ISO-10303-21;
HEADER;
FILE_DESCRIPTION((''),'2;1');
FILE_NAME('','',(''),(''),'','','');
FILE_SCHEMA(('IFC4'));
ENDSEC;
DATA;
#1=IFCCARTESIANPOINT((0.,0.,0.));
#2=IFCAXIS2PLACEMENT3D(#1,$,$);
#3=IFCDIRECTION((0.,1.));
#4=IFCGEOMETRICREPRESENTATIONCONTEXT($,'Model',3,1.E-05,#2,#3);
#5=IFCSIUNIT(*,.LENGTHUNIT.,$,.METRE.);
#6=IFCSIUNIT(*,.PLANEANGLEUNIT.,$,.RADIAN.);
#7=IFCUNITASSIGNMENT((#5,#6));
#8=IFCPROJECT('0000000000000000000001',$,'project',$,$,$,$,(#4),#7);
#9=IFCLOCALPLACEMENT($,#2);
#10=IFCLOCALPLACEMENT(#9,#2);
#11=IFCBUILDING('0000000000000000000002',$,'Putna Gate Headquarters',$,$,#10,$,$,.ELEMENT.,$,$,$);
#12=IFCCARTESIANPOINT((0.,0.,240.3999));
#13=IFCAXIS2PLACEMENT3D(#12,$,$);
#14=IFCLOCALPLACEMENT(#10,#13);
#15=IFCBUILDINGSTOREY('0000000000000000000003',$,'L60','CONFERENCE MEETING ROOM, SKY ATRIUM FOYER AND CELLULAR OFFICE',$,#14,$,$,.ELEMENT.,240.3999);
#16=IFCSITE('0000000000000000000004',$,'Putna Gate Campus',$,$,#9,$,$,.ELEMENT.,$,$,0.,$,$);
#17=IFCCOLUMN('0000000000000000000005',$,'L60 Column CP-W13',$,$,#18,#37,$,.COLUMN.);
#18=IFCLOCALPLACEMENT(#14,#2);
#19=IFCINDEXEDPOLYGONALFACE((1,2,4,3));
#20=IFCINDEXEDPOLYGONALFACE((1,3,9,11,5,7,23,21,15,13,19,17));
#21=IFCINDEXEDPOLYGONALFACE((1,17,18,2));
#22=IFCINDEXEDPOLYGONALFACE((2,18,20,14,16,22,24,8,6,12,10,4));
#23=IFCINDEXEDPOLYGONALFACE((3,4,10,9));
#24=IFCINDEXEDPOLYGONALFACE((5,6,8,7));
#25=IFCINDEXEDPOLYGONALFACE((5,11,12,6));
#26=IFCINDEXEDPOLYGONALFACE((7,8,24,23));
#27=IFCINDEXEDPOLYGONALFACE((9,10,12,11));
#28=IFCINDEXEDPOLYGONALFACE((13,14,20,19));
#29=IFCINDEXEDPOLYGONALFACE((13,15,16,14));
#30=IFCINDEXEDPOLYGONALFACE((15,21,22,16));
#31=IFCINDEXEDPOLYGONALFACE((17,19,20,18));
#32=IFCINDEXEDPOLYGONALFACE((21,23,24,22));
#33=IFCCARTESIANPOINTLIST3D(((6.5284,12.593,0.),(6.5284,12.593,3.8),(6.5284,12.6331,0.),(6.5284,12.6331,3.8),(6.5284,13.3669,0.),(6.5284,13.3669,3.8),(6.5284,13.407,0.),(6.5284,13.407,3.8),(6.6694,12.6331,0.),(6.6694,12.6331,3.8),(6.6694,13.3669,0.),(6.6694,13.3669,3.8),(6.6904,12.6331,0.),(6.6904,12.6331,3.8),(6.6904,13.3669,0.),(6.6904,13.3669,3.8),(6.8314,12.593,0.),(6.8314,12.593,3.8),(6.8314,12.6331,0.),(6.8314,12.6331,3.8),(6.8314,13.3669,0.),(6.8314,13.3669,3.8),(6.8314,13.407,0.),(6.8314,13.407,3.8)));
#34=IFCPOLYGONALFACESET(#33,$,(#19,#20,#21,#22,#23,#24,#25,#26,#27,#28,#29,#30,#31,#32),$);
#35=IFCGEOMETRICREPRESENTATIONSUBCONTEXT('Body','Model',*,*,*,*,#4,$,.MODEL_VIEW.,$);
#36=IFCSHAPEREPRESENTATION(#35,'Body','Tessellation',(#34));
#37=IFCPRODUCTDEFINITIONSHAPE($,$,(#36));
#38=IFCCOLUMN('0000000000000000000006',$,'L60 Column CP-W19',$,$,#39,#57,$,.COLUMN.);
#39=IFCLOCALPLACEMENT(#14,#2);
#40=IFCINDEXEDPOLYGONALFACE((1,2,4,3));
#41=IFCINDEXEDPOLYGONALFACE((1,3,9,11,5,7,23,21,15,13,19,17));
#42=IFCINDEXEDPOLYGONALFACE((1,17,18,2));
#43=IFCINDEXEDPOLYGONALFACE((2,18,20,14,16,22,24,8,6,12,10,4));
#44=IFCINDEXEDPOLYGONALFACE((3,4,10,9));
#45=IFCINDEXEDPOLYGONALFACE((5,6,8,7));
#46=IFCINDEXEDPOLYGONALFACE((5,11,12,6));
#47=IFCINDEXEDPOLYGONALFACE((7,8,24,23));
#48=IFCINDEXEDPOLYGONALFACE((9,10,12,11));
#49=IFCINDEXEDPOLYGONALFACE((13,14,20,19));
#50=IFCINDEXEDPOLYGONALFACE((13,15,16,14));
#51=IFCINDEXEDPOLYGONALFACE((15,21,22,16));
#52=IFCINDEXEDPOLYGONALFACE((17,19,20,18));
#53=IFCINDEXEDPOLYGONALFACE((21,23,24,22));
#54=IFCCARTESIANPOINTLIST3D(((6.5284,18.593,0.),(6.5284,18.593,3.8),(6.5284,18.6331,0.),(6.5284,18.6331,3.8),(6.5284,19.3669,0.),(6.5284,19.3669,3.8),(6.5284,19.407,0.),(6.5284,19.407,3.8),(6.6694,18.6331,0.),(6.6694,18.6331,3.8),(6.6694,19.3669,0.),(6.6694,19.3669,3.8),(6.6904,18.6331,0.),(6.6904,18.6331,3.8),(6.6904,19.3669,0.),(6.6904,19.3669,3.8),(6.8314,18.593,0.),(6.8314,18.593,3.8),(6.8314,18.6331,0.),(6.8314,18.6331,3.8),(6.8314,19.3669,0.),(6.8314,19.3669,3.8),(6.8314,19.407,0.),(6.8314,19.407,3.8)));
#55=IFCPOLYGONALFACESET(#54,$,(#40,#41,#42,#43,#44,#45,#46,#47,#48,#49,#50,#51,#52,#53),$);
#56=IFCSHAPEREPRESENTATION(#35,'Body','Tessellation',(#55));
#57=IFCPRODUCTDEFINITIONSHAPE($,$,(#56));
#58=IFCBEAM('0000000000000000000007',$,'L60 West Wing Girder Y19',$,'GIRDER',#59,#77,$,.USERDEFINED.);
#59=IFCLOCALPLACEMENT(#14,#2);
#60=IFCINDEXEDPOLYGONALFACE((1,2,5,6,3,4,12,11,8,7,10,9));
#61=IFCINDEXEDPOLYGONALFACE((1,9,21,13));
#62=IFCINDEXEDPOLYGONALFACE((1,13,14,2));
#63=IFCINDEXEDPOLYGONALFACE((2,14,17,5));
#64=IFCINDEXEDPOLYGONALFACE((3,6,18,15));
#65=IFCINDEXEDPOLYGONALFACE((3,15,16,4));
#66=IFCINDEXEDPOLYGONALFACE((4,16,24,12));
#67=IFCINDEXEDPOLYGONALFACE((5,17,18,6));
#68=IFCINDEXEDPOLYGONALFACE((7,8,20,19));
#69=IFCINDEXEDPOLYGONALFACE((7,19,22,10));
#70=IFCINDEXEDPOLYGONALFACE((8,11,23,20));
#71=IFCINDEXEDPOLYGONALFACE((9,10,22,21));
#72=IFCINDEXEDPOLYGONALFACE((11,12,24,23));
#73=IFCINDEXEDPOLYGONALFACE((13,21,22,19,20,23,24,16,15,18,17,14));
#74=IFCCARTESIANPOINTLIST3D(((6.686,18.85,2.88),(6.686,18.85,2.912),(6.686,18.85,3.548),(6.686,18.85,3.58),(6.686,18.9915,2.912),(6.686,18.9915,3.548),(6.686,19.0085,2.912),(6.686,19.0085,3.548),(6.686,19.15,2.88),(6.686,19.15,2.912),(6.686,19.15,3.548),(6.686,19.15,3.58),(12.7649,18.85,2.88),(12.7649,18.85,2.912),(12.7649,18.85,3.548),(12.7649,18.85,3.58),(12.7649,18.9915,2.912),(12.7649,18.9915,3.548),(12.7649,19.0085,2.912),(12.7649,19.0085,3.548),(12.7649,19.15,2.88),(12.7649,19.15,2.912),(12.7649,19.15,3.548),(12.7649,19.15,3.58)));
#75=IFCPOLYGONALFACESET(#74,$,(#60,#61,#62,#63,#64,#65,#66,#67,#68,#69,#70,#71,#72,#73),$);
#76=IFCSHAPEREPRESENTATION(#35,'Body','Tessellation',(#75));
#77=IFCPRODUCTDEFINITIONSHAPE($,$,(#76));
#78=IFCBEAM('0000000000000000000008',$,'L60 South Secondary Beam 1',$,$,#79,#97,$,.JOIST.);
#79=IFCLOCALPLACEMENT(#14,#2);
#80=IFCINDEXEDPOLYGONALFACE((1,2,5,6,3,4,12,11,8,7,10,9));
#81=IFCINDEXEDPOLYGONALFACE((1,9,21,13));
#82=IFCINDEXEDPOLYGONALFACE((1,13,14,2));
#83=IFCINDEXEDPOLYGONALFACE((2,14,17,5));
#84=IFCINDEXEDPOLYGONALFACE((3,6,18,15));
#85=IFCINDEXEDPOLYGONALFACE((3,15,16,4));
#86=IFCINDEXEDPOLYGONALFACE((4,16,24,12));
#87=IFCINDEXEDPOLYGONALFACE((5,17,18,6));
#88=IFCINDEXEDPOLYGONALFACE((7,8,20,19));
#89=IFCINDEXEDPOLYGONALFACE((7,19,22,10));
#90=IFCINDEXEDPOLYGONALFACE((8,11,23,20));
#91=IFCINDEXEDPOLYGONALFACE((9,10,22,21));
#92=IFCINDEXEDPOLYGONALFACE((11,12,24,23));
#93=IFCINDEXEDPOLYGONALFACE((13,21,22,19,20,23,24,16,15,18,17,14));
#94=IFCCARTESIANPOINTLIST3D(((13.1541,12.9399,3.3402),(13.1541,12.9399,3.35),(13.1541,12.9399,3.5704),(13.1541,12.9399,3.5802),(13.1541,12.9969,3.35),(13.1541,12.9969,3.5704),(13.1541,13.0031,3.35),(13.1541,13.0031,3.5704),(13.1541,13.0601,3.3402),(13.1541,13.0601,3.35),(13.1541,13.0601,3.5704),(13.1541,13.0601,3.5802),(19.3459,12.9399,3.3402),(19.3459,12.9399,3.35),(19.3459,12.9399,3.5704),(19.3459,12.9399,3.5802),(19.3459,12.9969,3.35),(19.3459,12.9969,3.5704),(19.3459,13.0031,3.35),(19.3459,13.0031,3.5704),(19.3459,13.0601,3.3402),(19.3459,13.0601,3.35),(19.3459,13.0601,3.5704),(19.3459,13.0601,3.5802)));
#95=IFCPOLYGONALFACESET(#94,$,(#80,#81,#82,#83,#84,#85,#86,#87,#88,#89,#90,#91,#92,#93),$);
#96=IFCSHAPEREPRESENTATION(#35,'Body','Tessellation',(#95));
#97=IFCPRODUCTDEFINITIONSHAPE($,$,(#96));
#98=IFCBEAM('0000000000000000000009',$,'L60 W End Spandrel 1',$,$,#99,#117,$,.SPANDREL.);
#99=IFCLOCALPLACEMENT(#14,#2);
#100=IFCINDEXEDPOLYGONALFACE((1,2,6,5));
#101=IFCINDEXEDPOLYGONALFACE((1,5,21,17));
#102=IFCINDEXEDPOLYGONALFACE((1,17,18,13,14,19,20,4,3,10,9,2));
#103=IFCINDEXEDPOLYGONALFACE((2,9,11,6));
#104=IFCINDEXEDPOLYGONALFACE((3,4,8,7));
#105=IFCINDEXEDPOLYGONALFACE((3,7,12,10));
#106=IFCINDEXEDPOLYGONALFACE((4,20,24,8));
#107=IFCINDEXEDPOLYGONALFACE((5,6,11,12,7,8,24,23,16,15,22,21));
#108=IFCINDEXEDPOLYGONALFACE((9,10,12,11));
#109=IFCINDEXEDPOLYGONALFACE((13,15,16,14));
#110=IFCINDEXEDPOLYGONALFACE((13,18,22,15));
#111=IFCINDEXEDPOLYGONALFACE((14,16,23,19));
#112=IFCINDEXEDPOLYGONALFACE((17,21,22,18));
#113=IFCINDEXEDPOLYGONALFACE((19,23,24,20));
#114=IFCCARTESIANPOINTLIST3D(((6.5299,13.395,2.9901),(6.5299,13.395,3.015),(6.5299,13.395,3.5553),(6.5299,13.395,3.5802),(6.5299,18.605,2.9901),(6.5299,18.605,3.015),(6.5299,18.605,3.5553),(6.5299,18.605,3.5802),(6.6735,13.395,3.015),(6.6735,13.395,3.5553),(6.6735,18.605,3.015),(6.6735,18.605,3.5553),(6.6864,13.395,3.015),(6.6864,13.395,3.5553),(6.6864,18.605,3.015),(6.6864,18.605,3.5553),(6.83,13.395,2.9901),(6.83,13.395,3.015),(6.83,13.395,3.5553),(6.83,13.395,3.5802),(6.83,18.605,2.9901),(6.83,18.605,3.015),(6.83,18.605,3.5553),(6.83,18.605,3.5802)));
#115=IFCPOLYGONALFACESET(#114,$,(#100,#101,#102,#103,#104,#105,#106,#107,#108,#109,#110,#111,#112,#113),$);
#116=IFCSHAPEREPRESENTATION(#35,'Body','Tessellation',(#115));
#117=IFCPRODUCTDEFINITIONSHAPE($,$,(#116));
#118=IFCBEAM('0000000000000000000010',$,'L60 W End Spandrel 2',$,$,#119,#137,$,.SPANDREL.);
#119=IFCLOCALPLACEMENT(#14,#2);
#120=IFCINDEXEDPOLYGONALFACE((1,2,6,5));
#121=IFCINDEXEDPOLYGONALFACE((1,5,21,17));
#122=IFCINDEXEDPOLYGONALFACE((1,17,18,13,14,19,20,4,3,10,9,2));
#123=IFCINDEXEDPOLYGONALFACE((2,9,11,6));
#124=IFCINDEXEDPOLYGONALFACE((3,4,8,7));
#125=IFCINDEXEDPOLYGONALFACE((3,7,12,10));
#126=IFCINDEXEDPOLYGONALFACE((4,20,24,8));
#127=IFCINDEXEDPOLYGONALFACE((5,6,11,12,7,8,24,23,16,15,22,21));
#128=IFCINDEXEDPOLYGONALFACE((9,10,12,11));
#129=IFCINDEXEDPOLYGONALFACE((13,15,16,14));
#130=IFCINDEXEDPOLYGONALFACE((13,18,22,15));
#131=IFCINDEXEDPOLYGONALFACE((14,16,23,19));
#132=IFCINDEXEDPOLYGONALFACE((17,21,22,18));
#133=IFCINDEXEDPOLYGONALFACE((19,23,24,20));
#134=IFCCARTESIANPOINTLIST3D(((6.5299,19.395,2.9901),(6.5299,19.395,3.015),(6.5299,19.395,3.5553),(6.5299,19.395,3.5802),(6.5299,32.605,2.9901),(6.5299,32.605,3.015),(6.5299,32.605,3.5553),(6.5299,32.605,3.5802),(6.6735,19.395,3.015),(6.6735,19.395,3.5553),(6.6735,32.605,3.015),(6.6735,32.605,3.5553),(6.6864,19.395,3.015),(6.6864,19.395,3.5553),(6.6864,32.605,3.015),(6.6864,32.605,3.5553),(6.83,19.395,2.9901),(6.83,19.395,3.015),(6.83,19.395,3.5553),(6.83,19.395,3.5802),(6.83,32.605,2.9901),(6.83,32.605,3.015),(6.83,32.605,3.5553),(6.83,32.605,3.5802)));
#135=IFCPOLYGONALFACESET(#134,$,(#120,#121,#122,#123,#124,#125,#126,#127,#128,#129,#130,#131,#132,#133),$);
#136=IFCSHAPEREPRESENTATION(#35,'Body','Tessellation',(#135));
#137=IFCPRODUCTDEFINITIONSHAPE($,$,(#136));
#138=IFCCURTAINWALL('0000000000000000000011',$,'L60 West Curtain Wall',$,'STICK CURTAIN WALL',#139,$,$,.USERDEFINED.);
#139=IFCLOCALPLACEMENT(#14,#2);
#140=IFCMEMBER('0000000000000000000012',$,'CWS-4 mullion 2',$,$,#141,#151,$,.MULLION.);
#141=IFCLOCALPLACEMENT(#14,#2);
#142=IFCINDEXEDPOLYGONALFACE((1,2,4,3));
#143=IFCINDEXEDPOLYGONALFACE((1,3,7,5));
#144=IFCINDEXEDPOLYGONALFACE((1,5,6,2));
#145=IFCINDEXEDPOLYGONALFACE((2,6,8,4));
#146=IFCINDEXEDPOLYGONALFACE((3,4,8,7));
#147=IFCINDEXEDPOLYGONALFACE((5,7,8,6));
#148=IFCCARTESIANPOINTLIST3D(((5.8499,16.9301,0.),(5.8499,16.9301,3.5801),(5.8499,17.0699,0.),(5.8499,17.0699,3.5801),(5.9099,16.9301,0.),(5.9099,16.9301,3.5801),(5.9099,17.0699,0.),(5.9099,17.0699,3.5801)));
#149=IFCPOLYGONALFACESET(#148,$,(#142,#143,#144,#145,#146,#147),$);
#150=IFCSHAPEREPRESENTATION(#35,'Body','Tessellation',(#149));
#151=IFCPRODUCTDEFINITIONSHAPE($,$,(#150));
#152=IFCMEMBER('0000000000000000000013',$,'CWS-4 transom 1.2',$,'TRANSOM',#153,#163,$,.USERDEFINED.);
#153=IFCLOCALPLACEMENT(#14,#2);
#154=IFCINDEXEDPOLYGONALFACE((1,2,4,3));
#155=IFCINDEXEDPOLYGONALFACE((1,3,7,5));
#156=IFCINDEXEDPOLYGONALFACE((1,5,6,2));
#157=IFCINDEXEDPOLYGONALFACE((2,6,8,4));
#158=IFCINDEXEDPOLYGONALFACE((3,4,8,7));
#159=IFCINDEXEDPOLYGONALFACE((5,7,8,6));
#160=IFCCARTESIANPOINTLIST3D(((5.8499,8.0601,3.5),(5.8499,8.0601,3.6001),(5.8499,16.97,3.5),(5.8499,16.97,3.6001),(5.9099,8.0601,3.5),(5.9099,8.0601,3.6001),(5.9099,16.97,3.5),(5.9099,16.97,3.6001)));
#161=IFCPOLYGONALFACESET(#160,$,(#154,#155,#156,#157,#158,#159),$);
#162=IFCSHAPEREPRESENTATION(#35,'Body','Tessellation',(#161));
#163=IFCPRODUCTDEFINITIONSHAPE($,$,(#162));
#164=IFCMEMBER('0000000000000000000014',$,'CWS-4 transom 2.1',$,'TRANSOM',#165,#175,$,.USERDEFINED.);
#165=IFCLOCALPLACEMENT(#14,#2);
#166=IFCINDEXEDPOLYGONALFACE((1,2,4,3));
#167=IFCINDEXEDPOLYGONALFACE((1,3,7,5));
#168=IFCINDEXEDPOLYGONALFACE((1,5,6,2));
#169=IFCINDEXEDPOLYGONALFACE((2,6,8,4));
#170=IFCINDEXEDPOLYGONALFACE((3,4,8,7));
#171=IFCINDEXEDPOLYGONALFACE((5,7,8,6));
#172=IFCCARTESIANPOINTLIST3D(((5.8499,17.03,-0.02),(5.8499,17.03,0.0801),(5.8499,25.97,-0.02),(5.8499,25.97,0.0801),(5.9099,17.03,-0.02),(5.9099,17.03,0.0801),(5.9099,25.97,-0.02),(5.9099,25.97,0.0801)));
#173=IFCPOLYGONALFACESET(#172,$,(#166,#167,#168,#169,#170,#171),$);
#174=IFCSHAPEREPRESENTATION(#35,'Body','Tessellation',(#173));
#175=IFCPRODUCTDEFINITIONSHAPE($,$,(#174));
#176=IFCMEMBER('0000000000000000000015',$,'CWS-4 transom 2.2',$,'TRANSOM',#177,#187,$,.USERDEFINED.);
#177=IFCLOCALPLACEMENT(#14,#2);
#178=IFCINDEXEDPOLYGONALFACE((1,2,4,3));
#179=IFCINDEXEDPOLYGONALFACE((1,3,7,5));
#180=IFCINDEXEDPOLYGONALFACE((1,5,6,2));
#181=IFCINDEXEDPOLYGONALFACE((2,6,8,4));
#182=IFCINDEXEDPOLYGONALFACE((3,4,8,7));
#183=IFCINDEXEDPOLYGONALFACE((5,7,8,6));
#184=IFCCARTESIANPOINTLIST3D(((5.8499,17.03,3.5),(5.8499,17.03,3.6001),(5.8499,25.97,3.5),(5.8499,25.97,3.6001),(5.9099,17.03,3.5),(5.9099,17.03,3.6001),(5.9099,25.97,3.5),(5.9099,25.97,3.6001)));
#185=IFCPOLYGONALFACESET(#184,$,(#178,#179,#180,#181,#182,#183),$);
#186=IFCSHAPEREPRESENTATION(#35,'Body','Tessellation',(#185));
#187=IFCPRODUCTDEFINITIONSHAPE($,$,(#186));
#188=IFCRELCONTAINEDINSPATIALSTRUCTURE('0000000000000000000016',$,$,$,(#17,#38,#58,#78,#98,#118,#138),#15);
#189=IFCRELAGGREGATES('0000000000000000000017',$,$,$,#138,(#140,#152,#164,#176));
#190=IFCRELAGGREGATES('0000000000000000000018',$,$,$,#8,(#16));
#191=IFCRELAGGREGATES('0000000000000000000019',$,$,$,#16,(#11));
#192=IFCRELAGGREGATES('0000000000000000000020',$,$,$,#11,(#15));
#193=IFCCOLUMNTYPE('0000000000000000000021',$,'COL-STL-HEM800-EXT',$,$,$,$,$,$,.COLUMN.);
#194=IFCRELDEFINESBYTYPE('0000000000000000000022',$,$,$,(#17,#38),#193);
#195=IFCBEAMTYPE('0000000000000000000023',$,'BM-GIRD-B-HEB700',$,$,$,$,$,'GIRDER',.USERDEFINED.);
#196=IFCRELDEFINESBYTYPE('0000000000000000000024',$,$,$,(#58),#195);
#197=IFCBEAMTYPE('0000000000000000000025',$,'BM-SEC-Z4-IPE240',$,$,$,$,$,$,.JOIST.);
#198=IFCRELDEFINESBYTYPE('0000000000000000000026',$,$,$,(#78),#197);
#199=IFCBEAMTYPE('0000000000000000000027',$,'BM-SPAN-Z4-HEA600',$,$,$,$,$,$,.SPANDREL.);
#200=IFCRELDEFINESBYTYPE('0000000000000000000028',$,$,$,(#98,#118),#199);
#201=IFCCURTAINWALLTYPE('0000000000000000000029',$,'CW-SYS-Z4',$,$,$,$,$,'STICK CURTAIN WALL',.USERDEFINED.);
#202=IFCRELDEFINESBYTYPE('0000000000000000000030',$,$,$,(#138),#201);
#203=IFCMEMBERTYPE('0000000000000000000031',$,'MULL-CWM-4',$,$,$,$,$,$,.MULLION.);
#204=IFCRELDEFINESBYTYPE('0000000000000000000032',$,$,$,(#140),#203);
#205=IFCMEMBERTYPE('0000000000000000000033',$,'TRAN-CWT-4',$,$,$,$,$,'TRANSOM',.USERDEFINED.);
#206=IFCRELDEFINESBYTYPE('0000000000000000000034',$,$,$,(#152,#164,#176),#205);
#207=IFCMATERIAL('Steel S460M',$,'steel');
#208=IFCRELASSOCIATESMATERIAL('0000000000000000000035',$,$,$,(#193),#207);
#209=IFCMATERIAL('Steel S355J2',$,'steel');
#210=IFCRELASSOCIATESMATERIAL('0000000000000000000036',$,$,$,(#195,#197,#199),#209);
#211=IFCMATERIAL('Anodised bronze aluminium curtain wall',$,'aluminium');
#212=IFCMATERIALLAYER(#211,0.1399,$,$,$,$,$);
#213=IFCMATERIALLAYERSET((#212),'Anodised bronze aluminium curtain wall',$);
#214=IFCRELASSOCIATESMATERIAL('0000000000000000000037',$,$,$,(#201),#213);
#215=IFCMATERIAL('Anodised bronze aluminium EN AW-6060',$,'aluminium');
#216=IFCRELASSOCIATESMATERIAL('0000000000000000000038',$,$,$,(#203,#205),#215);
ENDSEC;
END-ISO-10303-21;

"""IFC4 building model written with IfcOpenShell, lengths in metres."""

from ifc_helpers import new_model, si_unit, direction, frame, origin, origin_2d, place, context, subcontext, project, spatial, rectangle, i_section, extrude, material, layer, layer_set, material_profile, profile_set, type_object, element, aggregate, save


model = new_model("IFC4")

# Units and contexts
model_context = context("Model", 3, precision=1e-05, world=origin(), true_north=direction((0.0, 1.0)))
body_context = subcontext(model_context, "Body", "Model", "MODEL_VIEW")
ifc_project = project(units=[si_unit("LENGTHUNIT", "METRE"), si_unit("PLANEANGLEUNIT", "RADIAN")], contexts=[model_context])

# Site, building, storey
site_placement = place(None, origin())
site = spatial("IfcSite", under=ifc_project, at=site_placement, Name="Putna Gate Campus", CompositionType="ELEMENT", RefElevation=0.0)
building_placement = place(site_placement, origin())
building = spatial("IfcBuilding", under=site, at=building_placement, Name="Putna Gate Headquarters", CompositionType="ELEMENT")
storey_placement = place(building_placement, frame((0.0, 0.0, 240.3999)))
storey = spatial("IfcBuildingStorey", under=building, at=storey_placement, Name="L60", Description="CONFERENCE MEETING ROOM, SKY ATRIUM FOYER AND CELLULAR OFFICE", CompositionType="ELEMENT", Elevation=240.3999)

# Columns
ifc_material_1 = material(Name="Steel S460M", Category="steel")
ifc_material_profile_1 = material_profile(ifc_material_1, i_section(OverallWidth=0.303, OverallDepth=0.814, WebThickness=0.021, FlangeThickness=0.04, at=origin_2d()), Name="Steel S460M")
ifc_profile_set_1 = profile_set([ifc_material_profile_1], Name="Steel S460M")
column_type = type_object("IfcColumnType", Name="COL-STL-HEM800-EXT", PredefinedType="COLUMN", material=ifc_profile_set_1)
for number, where, z_axis, x_axis, name in (
    (1, (6.6799, 13.0, 0.0), (0.0, 0.0, 1.0), (1.0, 0.0, 0.0), "L60 Column CP-W13"),
    (2, (6.6799, 19.0, 0.0), (0.0, 0.0, 1.0), (1.0, 0.0, 0.0), "L60 Column CP-W19"),
):
    element("IfcColumn", number, at=place(storey_placement, frame(where, z_axis=z_axis, x_axis=x_axis)), inside=storey, type_object=column_type, Name=name, PredefinedType="COLUMN", context=body_context, shape_type="SweptSolid", body=[
        extrude(i_section(OverallWidth=0.303, OverallDepth=0.814, WebThickness=0.021, FlangeThickness=0.04, at=origin_2d()), origin(), (0.0, 0.0, 1.0), 3.8),
    ])

# Beams
ifc_material_2 = material(Name="Steel S355J2", Category="steel")
ifc_material_profile_2 = material_profile(ifc_material_2, i_section(OverallWidth=0.3, OverallDepth=0.7, WebThickness=0.0171, FlangeThickness=0.032, at=origin_2d()), Name="Steel S355J2")
ifc_profile_set_2 = profile_set([ifc_material_profile_2], Name="Steel S355J2")
beam_type_1 = type_object("IfcBeamType", Name="BM-GIRD-B-HEB700", ElementType="GIRDER", PredefinedType="USERDEFINED", material=ifc_profile_set_2)
beam_1_placement = place(storey_placement, frame((6.686, 19.0, 3.23), z_axis=(1.0, 0.0, 0.0), x_axis=(0.0, 1.0, 0.0)))
element("IfcBeam", 3, at=beam_1_placement, inside=storey, type_object=beam_type_1, Name="L60 West Wing Girder Y19", ObjectType="GIRDER", PredefinedType="USERDEFINED", context=body_context, shape_type="SweptSolid", body=[
    extrude(i_section(OverallWidth=0.3, OverallDepth=0.7, WebThickness=0.0171, FlangeThickness=0.032, at=origin_2d()), origin(), (0.0, 0.0, 1.0), 6.0789),
])
ifc_material_profile_3 = material_profile(ifc_material_2, i_section(OverallWidth=0.1201, OverallDepth=0.24, WebThickness=0.0061, FlangeThickness=0.0098, at=origin_2d()), Name="Steel S355J2")
ifc_profile_set_3 = profile_set([ifc_material_profile_3], Name="Steel S355J2")
beam_type_2 = type_object("IfcBeamType", Name="BM-SEC-Z4-IPE240", PredefinedType="JOIST", material=ifc_profile_set_3)
beam_2_placement = place(storey_placement, frame((13.1541, 13.0, 3.4602), z_axis=(1.0, 0.0, 0.0), x_axis=(0.0, 1.0, 0.0)))
element("IfcBeam", 4, at=beam_2_placement, inside=storey, type_object=beam_type_2, Name="L60 South Secondary Beam 1", PredefinedType="JOIST", context=body_context, shape_type="SweptSolid", body=[
    extrude(i_section(OverallWidth=0.1201, OverallDepth=0.24, WebThickness=0.0061, FlangeThickness=0.0098, at=origin_2d()), origin(), (0.0, 0.0, 1.0), 6.1919),
])
ifc_material_profile_4 = material_profile(ifc_material_2, i_section(OverallWidth=0.3, OverallDepth=0.5901, WebThickness=0.0129, FlangeThickness=0.0249, at=origin_2d()), Name="Steel S355J2")
ifc_profile_set_4 = profile_set([ifc_material_profile_4], Name="Steel S355J2")
beam_type_3 = type_object("IfcBeamType", Name="BM-SPAN-Z4-HEA600", PredefinedType="SPANDREL", material=ifc_profile_set_4)
beam_3_placement = place(storey_placement, frame((6.6799, 13.395, 3.2852), z_axis=(0.0, 1.0, 0.0), x_axis=(-1.0, 0.0, 0.0)))
element("IfcBeam", 5, at=beam_3_placement, inside=storey, type_object=beam_type_3, Name="L60 W End Spandrel 1", PredefinedType="SPANDREL", context=body_context, shape_type="SweptSolid", body=[
    extrude(i_section(OverallWidth=0.3, OverallDepth=0.5901, WebThickness=0.0129, FlangeThickness=0.0249, at=origin_2d()), origin(), (0.0, 0.0, 1.0), 5.21),
])
beam_4_placement = place(storey_placement, frame((6.6799, 19.395, 3.2852), z_axis=(0.0, 1.0, 0.0), x_axis=(-1.0, 0.0, 0.0)))
element("IfcBeam", 6, at=beam_4_placement, inside=storey, type_object=beam_type_3, Name="L60 W End Spandrel 2", PredefinedType="SPANDREL", context=body_context, shape_type="SweptSolid", body=[
    extrude(i_section(OverallWidth=0.3, OverallDepth=0.5901, WebThickness=0.0129, FlangeThickness=0.0249, at=origin_2d()), origin(), (0.0, 0.0, 1.0), 13.21),
])

# Curtain wall, members
ifc_material_3 = material(Name="Anodised bronze aluminium curtain wall", Category="aluminium")
ifc_layer_1 = layer(ifc_material_3, 0.1399)
ifc_layer_set_1 = layer_set([ifc_layer_1], Name="Anodised bronze aluminium curtain wall")
curtain_wall_type = type_object("IfcCurtainWallType", Name="CW-SYS-Z4", ElementType="STICK CURTAIN WALL", PredefinedType="USERDEFINED", material=ifc_layer_set_1)
curtain_wall_placement = place(storey_placement, origin())
curtain_wall = element("IfcCurtainWall", 7, at=curtain_wall_placement, inside=storey, type_object=curtain_wall_type, Name="L60 West Curtain Wall", ObjectType="STICK CURTAIN WALL", PredefinedType="USERDEFINED")
ifc_material_4 = material(Name="Anodised bronze aluminium EN AW-6060", Category="aluminium")
ifc_material_profile_5 = material_profile(ifc_material_4, rectangle(XDim=0.0601, YDim=0.1399, at=origin_2d()), Name="Anodised bronze aluminium EN AW-6060")
ifc_profile_set_5 = profile_set([ifc_material_profile_5], Name="Anodised bronze aluminium EN AW-6060")
member_type_1 = type_object("IfcMemberType", Name="MULL-CWM-4", PredefinedType="MULLION", material=ifc_profile_set_5)
member_1_placement = place(storey_placement, frame((5.8799, 17.0, 0.0), z_axis=(0.0, 0.0, 1.0), x_axis=(-1.0, 0.0, 0.0)))
member_1 = element("IfcMember", 8, at=member_1_placement, type_object=member_type_1, Name="CWS-4 mullion 2", PredefinedType="MULLION", context=body_context, shape_type="SweptSolid", body=[
    extrude(rectangle(XDim=0.0601, YDim=0.1399, at=origin_2d()), origin(), (0.0, 0.0, 1.0), 3.5801),
])
ifc_material_profile_6 = material_profile(ifc_material_4, rectangle(XDim=0.0601, YDim=0.1001, at=origin_2d()), Name="Anodised bronze aluminium EN AW-6060")
ifc_profile_set_6 = profile_set([ifc_material_profile_6], Name="Anodised bronze aluminium EN AW-6060")
member_type_2 = type_object("IfcMemberType", Name="TRAN-CWT-4", ElementType="TRANSOM", PredefinedType="USERDEFINED", material=ifc_profile_set_6)
member_2_placement = place(storey_placement, frame((5.8799, 8.0601, 3.55), z_axis=(0.0, 1.0, 0.0), x_axis=(-1.0, 0.0, 0.0)))
member_2 = element("IfcMember", 9, at=member_2_placement, type_object=member_type_2, Name="CWS-4 transom 1.2", ObjectType="TRANSOM", PredefinedType="USERDEFINED", context=body_context, shape_type="SweptSolid", body=[
    extrude(rectangle(XDim=0.0601, YDim=0.1001, at=origin_2d()), origin(), (0.0, 0.0, 1.0), 8.9099),
])
member_3_placement = place(storey_placement, frame((5.8799, 17.03, 0.03), z_axis=(0.0, 1.0, 0.0), x_axis=(-1.0, 0.0, 0.0)))
member_3 = element("IfcMember", 10, at=member_3_placement, type_object=member_type_2, Name="CWS-4 transom 2.1", ObjectType="TRANSOM", PredefinedType="USERDEFINED", context=body_context, shape_type="SweptSolid", body=[
    extrude(rectangle(XDim=0.0601, YDim=0.1001, at=origin_2d()), origin(), (0.0, 0.0, 1.0), 8.9399),
])
member_4_placement = place(storey_placement, frame((5.8799, 17.03, 3.55), z_axis=(0.0, 1.0, 0.0), x_axis=(-1.0, 0.0, 0.0)))
member_4 = element("IfcMember", 11, at=member_4_placement, type_object=member_type_2, Name="CWS-4 transom 2.2", ObjectType="TRANSOM", PredefinedType="USERDEFINED", context=body_context, shape_type="SweptSolid", body=[
    extrude(rectangle(XDim=0.0601, YDim=0.1001, at=origin_2d()), origin(), (0.0, 0.0, 1.0), 8.9399),
])
aggregate(curtain_wall, [member_1, member_2, member_3, member_4])

save(model, "model.ifc")
